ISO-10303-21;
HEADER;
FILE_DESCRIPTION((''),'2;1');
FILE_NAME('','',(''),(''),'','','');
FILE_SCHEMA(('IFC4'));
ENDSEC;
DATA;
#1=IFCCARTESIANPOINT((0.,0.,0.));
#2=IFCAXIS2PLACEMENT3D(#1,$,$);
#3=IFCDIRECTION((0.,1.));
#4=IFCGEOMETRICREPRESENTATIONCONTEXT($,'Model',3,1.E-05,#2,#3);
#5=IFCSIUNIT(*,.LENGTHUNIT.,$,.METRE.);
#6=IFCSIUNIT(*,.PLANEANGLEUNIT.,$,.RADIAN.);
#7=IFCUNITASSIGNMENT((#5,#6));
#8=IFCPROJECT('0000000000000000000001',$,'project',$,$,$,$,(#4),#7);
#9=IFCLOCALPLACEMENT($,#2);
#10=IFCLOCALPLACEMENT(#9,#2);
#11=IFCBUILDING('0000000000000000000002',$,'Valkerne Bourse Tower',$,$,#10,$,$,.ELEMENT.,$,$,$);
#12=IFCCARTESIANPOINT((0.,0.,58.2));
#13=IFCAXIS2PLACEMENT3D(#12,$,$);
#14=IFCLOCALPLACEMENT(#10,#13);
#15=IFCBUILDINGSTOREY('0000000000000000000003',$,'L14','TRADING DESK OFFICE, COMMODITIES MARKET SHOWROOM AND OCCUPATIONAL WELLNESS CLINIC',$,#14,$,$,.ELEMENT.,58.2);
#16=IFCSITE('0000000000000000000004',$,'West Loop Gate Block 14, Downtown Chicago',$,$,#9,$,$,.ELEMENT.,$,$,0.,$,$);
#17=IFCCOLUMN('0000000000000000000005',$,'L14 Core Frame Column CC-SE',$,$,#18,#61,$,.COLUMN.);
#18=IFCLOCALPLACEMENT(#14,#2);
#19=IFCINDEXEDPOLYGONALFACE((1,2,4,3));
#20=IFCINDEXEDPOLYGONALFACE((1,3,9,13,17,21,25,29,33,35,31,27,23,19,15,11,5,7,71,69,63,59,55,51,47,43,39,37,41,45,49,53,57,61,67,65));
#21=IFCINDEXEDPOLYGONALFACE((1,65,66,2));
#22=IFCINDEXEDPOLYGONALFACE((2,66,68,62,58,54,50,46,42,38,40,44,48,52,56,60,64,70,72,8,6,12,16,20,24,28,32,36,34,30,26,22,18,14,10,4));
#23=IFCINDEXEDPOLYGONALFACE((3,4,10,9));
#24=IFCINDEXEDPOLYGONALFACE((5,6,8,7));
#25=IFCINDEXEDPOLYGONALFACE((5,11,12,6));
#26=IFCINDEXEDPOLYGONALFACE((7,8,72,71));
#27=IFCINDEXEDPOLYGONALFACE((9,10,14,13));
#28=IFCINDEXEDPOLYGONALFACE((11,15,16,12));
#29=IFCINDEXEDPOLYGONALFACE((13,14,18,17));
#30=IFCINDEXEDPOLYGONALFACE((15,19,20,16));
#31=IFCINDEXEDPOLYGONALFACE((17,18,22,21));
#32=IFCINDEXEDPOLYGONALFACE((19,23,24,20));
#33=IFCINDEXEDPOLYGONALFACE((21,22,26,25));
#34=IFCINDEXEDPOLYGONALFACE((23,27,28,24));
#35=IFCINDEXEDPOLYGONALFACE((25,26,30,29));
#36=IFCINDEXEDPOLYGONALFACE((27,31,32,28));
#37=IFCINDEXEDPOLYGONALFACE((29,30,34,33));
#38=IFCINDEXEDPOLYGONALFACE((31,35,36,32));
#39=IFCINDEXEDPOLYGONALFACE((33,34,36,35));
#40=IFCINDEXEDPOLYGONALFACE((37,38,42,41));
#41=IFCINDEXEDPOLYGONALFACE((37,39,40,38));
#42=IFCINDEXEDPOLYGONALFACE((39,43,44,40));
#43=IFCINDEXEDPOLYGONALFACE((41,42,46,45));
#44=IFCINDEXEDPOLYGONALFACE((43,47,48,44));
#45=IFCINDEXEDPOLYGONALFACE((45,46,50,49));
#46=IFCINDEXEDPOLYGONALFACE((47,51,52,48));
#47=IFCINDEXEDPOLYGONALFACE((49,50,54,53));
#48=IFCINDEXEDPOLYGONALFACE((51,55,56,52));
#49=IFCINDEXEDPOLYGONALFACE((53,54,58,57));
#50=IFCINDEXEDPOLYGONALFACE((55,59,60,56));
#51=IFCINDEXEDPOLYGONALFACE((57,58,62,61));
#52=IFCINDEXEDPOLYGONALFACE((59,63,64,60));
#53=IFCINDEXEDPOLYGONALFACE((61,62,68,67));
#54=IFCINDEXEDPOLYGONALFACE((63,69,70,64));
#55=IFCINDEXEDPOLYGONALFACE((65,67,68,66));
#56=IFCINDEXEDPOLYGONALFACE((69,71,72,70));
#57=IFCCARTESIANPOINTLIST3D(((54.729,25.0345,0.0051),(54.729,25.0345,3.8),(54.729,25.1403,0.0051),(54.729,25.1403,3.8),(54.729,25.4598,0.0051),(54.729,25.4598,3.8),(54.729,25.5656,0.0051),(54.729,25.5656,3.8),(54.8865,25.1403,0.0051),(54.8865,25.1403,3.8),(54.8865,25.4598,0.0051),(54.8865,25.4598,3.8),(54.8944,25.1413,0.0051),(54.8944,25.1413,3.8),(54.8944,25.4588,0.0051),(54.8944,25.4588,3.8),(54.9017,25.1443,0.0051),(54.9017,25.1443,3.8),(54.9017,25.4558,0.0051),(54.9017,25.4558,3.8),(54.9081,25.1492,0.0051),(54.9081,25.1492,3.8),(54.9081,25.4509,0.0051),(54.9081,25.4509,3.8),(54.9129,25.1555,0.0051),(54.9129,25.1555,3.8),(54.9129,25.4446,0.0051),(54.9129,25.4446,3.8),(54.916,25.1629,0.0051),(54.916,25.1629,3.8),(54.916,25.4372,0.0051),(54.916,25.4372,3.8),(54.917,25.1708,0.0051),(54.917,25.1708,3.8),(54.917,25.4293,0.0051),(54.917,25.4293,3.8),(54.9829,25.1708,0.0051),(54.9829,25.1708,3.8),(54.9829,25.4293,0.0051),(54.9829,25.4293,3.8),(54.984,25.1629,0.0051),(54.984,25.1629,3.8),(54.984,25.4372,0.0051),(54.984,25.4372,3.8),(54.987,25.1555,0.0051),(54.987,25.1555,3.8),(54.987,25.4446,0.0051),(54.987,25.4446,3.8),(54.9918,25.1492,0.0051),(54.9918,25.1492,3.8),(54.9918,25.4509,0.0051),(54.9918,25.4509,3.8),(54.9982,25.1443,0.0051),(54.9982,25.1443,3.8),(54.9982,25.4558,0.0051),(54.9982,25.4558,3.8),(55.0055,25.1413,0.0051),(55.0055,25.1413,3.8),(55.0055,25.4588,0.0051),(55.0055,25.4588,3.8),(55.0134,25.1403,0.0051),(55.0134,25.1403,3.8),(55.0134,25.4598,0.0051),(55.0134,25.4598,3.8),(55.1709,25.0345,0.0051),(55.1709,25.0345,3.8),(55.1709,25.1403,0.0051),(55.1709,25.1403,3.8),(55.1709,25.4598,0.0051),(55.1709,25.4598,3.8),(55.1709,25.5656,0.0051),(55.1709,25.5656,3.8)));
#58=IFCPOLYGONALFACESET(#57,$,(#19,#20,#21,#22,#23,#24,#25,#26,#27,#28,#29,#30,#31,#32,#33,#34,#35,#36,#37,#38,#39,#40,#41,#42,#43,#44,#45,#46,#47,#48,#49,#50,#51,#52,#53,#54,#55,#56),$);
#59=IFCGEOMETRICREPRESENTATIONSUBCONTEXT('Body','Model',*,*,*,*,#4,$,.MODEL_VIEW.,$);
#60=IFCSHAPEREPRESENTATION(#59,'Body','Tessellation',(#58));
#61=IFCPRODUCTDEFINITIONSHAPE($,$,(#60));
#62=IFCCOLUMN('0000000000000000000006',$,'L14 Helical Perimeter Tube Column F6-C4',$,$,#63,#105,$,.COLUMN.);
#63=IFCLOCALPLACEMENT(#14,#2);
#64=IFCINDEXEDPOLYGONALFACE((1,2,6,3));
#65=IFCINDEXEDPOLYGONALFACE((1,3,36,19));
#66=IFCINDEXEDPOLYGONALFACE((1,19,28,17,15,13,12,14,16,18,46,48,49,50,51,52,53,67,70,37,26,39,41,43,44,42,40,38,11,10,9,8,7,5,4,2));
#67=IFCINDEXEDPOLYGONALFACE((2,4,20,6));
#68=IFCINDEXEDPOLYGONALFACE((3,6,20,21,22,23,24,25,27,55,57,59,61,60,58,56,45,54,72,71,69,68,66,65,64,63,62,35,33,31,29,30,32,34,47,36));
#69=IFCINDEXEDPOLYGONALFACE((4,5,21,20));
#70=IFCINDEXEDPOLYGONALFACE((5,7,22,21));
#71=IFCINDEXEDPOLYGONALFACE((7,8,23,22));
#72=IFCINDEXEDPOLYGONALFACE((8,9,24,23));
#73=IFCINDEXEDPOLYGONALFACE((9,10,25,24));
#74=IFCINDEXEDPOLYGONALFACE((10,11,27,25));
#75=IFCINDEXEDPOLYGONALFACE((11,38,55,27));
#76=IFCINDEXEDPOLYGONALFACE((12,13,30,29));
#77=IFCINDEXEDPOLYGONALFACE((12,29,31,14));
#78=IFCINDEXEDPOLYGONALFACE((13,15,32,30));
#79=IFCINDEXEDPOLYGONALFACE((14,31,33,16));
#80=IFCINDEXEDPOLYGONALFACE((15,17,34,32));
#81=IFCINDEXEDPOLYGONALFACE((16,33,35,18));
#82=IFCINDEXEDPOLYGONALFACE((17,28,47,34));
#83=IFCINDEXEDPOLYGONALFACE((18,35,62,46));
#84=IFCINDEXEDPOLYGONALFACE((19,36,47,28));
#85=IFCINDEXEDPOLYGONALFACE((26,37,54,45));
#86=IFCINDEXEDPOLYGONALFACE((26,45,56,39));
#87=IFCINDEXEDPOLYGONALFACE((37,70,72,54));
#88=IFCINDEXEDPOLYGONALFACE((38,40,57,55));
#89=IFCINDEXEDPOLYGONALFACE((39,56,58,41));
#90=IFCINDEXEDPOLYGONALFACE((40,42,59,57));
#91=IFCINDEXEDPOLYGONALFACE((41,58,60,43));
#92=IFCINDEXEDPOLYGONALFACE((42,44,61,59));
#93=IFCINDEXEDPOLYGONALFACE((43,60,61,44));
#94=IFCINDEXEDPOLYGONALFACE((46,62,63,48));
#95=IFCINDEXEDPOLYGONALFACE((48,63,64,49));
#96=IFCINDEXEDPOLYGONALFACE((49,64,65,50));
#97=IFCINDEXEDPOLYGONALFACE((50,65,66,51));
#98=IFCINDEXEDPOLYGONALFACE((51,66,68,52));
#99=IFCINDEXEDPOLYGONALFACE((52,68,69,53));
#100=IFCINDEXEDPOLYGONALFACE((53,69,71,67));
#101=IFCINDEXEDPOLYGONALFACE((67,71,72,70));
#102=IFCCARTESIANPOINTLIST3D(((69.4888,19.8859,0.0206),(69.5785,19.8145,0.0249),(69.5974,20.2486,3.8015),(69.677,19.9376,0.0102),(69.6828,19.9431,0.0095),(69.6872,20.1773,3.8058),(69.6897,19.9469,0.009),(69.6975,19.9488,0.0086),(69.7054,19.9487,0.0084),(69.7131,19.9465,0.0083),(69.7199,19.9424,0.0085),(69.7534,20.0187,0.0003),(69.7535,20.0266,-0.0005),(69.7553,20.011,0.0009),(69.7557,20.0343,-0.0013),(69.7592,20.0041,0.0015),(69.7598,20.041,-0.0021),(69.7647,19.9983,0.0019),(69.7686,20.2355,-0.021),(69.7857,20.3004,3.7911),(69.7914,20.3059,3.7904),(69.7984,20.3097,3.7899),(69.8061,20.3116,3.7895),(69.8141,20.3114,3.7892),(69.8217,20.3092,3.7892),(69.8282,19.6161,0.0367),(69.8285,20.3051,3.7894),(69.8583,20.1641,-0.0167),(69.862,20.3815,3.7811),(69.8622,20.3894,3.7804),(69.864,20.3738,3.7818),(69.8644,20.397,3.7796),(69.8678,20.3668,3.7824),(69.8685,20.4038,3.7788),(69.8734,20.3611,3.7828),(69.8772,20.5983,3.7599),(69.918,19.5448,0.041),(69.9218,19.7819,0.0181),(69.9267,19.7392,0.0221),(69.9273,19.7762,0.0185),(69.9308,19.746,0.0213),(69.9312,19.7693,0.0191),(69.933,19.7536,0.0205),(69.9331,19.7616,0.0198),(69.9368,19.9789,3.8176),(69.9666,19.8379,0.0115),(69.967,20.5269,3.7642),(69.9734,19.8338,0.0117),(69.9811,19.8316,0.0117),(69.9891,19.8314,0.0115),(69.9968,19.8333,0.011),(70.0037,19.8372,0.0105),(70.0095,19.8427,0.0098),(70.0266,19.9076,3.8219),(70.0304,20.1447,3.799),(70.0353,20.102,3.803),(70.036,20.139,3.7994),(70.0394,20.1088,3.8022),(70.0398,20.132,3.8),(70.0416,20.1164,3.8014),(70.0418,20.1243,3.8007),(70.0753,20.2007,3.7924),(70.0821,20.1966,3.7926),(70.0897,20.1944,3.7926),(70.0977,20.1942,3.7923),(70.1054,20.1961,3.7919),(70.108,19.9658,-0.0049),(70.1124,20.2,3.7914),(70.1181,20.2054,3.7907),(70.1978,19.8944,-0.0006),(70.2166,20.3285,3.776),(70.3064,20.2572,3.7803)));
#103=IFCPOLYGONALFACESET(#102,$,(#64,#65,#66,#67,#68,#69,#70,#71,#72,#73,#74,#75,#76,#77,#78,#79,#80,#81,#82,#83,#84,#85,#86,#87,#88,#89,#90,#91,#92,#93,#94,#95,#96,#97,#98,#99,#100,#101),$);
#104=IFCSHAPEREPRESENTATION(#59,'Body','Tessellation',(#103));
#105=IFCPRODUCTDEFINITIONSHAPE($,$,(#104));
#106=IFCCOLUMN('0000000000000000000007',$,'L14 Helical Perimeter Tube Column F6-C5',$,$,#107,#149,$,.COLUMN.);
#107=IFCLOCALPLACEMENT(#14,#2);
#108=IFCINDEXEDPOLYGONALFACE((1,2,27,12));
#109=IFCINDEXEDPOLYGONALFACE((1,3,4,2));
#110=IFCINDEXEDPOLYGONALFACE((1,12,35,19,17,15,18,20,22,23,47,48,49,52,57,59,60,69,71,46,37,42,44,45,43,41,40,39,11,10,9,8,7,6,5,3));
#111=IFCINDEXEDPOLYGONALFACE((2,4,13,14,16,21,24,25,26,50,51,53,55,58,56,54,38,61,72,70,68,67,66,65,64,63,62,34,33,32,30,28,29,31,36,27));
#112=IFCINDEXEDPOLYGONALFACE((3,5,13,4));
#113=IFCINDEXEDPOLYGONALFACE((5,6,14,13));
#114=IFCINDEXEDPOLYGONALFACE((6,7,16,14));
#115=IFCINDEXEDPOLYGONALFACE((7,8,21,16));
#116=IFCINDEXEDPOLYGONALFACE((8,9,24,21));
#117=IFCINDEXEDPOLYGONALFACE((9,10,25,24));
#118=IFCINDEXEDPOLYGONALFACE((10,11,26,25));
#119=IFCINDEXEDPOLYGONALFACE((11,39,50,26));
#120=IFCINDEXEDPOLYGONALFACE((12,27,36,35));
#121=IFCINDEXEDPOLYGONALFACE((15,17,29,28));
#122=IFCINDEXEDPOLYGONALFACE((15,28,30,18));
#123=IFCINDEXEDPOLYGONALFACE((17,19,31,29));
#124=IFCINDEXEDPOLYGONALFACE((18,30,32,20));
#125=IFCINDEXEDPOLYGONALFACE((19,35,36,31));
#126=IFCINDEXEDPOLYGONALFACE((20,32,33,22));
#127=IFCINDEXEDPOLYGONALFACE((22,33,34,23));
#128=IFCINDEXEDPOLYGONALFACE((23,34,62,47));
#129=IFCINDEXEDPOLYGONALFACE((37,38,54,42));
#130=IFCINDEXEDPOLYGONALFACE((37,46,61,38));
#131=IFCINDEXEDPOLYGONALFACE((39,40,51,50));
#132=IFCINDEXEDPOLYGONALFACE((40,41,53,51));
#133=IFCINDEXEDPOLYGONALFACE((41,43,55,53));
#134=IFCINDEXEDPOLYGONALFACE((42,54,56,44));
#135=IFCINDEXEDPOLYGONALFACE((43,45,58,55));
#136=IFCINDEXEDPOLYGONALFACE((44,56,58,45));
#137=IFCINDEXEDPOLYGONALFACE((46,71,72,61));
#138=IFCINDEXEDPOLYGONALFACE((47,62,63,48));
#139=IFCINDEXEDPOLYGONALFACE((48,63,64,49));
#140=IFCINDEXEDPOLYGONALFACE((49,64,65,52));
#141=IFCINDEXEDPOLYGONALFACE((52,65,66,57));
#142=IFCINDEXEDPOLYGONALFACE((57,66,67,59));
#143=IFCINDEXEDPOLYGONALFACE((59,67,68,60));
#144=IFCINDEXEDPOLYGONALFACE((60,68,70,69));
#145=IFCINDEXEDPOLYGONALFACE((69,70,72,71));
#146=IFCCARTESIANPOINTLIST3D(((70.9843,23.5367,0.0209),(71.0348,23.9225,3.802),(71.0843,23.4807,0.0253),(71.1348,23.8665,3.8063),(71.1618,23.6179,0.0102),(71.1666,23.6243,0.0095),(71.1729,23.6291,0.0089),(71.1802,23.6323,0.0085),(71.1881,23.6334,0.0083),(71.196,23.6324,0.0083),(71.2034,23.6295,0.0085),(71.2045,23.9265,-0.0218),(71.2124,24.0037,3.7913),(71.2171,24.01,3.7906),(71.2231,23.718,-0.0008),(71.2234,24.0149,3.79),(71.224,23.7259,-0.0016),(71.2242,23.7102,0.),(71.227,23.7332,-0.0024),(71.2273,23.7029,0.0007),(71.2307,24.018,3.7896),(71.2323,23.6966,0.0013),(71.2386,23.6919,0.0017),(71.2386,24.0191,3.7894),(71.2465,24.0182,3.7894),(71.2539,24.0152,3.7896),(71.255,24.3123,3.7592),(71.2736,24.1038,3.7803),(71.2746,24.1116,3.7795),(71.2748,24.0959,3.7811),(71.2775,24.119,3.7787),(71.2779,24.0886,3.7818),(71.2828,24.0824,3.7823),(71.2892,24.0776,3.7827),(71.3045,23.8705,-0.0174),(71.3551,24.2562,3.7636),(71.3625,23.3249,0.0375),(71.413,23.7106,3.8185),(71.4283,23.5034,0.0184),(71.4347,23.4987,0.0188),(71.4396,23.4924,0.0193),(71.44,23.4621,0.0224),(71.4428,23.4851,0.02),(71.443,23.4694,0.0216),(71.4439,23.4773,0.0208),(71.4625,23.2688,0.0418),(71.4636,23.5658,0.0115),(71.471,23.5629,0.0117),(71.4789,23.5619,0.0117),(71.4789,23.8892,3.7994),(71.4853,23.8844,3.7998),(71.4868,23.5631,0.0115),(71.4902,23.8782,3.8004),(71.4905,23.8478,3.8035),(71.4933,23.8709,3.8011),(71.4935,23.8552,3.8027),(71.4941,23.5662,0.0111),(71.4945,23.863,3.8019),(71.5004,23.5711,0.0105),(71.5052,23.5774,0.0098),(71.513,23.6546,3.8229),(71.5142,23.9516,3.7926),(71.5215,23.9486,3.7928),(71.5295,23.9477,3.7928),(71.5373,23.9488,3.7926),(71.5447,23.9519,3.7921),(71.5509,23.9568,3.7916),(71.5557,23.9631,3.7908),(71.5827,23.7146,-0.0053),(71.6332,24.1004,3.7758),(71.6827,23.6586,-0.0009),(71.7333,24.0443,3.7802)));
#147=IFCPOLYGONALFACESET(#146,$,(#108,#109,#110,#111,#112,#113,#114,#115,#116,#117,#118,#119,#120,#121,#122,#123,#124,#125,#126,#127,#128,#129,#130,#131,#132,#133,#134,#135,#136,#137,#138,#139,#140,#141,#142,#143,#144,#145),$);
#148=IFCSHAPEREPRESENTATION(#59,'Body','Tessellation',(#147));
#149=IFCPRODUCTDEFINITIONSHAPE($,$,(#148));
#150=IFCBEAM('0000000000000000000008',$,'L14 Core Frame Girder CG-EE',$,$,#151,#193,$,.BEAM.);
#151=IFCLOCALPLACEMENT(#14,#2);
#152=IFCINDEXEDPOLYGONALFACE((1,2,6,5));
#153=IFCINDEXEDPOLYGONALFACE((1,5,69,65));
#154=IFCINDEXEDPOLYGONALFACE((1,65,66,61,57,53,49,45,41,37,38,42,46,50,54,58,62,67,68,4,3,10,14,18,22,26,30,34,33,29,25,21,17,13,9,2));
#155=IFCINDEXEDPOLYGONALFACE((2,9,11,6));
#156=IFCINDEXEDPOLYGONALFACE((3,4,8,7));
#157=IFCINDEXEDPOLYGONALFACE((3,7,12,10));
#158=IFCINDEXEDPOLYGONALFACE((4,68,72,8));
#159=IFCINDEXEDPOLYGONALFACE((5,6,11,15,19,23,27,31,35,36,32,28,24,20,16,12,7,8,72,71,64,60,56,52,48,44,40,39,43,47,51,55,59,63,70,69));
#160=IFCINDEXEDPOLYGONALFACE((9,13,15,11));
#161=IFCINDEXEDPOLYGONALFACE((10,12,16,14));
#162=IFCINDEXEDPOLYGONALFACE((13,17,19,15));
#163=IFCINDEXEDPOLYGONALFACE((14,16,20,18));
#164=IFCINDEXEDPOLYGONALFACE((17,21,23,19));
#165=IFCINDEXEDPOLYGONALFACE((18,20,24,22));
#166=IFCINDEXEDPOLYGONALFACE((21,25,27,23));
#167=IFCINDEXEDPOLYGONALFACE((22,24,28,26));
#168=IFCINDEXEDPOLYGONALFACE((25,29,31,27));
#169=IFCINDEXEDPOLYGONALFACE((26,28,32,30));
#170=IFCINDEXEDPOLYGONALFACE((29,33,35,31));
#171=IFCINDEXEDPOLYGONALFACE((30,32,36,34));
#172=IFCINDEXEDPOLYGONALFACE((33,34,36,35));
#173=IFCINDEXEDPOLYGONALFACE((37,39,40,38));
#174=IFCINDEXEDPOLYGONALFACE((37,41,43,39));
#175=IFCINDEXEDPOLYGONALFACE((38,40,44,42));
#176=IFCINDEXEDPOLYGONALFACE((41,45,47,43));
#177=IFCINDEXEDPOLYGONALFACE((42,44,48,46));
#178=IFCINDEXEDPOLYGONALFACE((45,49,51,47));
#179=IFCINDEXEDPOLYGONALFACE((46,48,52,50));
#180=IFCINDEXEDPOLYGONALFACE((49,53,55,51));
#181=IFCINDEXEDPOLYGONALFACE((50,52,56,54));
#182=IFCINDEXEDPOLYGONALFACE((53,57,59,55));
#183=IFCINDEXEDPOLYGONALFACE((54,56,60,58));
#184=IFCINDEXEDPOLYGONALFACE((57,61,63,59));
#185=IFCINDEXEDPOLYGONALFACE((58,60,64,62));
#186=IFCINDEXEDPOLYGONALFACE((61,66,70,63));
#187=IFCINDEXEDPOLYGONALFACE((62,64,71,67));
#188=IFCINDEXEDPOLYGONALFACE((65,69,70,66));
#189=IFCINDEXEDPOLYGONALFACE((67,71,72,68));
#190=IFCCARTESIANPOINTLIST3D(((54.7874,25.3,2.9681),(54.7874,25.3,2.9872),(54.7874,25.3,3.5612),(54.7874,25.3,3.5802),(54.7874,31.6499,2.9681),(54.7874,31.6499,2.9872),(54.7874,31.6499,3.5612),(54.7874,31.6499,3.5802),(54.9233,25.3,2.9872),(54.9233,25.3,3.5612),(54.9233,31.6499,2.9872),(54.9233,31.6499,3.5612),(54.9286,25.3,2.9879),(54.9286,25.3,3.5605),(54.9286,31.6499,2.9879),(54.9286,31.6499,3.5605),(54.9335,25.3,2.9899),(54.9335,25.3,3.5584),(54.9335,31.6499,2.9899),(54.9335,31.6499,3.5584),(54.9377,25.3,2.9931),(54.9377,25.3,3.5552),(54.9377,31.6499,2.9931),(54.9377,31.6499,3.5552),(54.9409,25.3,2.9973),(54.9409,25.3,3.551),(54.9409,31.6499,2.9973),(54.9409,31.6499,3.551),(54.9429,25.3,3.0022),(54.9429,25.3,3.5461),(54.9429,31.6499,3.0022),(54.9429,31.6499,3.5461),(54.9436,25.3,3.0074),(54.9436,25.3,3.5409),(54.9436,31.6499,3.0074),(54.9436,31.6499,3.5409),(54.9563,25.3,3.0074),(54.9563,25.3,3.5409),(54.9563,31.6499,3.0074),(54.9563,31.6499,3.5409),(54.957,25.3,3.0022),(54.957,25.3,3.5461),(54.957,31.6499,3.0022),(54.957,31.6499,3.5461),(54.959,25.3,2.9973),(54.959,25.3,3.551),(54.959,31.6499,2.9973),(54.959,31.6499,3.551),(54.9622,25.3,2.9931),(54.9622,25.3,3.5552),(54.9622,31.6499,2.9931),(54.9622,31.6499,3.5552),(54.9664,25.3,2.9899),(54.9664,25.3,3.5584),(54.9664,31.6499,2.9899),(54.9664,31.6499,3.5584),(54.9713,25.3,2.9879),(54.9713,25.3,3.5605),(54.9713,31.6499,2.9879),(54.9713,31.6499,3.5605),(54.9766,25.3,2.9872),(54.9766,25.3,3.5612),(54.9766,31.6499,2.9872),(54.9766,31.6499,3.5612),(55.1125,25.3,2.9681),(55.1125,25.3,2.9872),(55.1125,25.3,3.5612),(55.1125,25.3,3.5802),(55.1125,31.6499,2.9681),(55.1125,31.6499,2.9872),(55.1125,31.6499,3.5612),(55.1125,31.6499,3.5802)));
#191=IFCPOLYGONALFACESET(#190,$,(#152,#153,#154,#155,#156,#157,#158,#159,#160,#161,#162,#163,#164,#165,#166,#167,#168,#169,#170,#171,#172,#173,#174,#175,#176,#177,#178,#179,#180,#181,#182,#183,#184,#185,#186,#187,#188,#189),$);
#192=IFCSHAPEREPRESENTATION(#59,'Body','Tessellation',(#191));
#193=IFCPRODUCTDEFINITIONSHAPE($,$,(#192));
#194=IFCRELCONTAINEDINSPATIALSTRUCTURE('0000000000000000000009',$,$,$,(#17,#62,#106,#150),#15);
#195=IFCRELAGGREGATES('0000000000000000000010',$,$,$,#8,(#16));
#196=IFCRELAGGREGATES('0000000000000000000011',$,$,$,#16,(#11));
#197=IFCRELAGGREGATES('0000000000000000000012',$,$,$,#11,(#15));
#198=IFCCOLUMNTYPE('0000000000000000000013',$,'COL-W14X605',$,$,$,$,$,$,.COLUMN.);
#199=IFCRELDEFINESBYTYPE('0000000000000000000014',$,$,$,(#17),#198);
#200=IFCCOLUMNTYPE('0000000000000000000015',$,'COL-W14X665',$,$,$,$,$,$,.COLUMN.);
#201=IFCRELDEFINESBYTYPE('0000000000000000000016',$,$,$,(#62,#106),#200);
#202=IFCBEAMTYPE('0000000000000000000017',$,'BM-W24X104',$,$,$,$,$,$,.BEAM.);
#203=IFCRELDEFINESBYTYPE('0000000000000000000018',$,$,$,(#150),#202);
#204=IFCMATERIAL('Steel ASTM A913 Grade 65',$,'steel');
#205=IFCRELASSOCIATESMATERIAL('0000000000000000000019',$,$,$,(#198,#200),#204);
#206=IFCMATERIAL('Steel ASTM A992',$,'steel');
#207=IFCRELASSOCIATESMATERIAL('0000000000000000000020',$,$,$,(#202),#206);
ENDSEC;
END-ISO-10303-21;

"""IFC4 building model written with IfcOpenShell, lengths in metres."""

from ifc_helpers import new_model, si_unit, direction, frame, origin, origin_2d, place, context, subcontext, project, spatial, i_section, extrude, material, material_profile, profile_set, type_object, element, save


model = new_model("IFC4")

# Units and contexts
model_context = context("Model", 3, precision=1e-05, world=origin(), true_north=direction((0.0, 1.0)))
body_context = subcontext(model_context, "Body", "Model", "MODEL_VIEW")
ifc_project = project(units=[si_unit("LENGTHUNIT", "METRE"), si_unit("PLANEANGLEUNIT", "RADIAN")], contexts=[model_context])

# Site, building, storey
site_placement = place(None, origin())
site = spatial("IfcSite", under=ifc_project, at=site_placement, Name="West Loop Gate Block 14, Downtown Chicago", CompositionType="ELEMENT", RefElevation=0.0)
building_placement = place(site_placement, origin())
building = spatial("IfcBuilding", under=site, at=building_placement, Name="Valkerne Bourse Tower", CompositionType="ELEMENT")
storey_placement = place(building_placement, frame((0.0, 0.0, 58.2)))
storey = spatial("IfcBuildingStorey", under=building, at=storey_placement, Name="L14", Description="TRADING DESK OFFICE, COMMODITIES MARKET SHOWROOM AND OCCUPATIONAL WELLNESS CLINIC", CompositionType="ELEMENT", Elevation=58.2)

# Columns
ifc_material_1 = material(Name="Steel ASTM A913 Grade 65", Category="steel")
ifc_material_profile_1 = material_profile(ifc_material_1, i_section(OverallWidth=0.4419, OverallDepth=0.531, WebThickness=0.0659, FlangeThickness=0.1057, FilletRadius=0.0305, at=origin_2d()), Name="W14X605")
ifc_profile_set_1 = profile_set([ifc_material_profile_1], Name="Steel ASTM A913 Grade 65")
column_type_1 = type_object("IfcColumnType", Name="COL-W14X605", PredefinedType="COLUMN", material=ifc_profile_set_1)
column_1_placement = place(storey_placement, frame((54.95, 25.3, 0.0051), z_axis=(0.0, 0.0, 1.0), x_axis=(1.0, 0.0, 0.0)))
element("IfcColumn", 1, at=column_1_placement, inside=storey, type_object=column_type_1, Name="L14 Core Frame Column CC-SE", PredefinedType="COLUMN", context=body_context, shape_type="SweptSolid", body=[
    extrude(i_section(OverallWidth=0.4419, OverallDepth=0.531, WebThickness=0.0659, FlangeThickness=0.1057, FilletRadius=0.0305, at=origin_2d()), origin(), (0.0, 0.0, 1.0), 3.7949),
])
ifc_material_profile_2 = material_profile(ifc_material_1, i_section(OverallWidth=0.4497, OverallDepth=0.5486, WebThickness=0.072, FlangeThickness=0.1147, FilletRadius=0.0305, at=origin_2d()), Name="W14X665")
ifc_profile_set_2 = profile_set([ifc_material_profile_2], Name="Steel ASTM A913 Grade 65")
column_type_2 = type_object("IfcColumnType", Name="COL-W14X665", PredefinedType="COLUMN", material=ifc_profile_set_2)
column_2_placement = place(storey_placement, frame((69.8433, 19.8901, 0.01), z_axis=(0.028591, 0.095474, 0.995021), x_axis=(-0.622158, -0.777412, 0.092471)))
element("IfcColumn", 2, at=column_2_placement, inside=storey, type_object=column_type_2, Name="L14 Helical Perimeter Tube Column F6-C4", PredefinedType="COLUMN", context=body_context, shape_type="SweptSolid", body=[
    extrude(i_section(OverallWidth=0.4497, OverallDepth=0.5486, WebThickness=0.072, FlangeThickness=0.1147, FilletRadius=0.0305, at=origin_2d()), origin(), (0.0, 0.0, 1.0), 3.7998),
])
column_3_placement = place(storey_placement, frame((71.3335, 23.5977, 0.01), z_axis=(0.013296, 0.101485, 0.994748), x_axis=(-0.489723, -0.866691, 0.094966)))
element("IfcColumn", 3, at=column_3_placement, inside=storey, type_object=column_type_2, Name="L14 Helical Perimeter Tube Column F6-C5", PredefinedType="COLUMN", context=body_context, shape_type="SweptSolid", body=[
    extrude(i_section(OverallWidth=0.4497, OverallDepth=0.5486, WebThickness=0.072, FlangeThickness=0.1147, FilletRadius=0.0305, at=origin_2d()), origin(), (0.0, 0.0, 1.0), 3.801),
])

# Beam
ifc_material_2 = material(Name="Steel ASTM A992", Category="steel")
ifc_material_profile_3 = material_profile(ifc_material_2, i_section(OverallWidth=0.3252, OverallDepth=0.6121, WebThickness=0.0127, FlangeThickness=0.019, FilletRadius=0.0203, at=origin_2d()), Name="W24X104")
ifc_profile_set_3 = profile_set([ifc_material_profile_3], Name="Steel ASTM A992")
beam_type_1 = type_object("IfcBeamType", Name="BM-W24X104", PredefinedType="BEAM", material=ifc_profile_set_3)
beam_1_placement = place(storey_placement, frame((54.95, 25.3, 3.2742), z_axis=(0.0, 1.0, 0.0), x_axis=(-1.0, 0.0, 0.0)))
element("IfcBeam", 4, at=beam_1_placement, inside=storey, type_object=beam_type_1, Name="L14 Core Frame Girder CG-EE", PredefinedType="BEAM", context=body_context, shape_type="SweptSolid", body=[
    extrude(i_section(OverallWidth=0.3252, OverallDepth=0.6121, WebThickness=0.0127, FlangeThickness=0.019, FilletRadius=0.0203, at=origin_2d()), origin(), (0.0, 0.0, 1.0), 6.3499),
])

save(model, "model.ifc")
